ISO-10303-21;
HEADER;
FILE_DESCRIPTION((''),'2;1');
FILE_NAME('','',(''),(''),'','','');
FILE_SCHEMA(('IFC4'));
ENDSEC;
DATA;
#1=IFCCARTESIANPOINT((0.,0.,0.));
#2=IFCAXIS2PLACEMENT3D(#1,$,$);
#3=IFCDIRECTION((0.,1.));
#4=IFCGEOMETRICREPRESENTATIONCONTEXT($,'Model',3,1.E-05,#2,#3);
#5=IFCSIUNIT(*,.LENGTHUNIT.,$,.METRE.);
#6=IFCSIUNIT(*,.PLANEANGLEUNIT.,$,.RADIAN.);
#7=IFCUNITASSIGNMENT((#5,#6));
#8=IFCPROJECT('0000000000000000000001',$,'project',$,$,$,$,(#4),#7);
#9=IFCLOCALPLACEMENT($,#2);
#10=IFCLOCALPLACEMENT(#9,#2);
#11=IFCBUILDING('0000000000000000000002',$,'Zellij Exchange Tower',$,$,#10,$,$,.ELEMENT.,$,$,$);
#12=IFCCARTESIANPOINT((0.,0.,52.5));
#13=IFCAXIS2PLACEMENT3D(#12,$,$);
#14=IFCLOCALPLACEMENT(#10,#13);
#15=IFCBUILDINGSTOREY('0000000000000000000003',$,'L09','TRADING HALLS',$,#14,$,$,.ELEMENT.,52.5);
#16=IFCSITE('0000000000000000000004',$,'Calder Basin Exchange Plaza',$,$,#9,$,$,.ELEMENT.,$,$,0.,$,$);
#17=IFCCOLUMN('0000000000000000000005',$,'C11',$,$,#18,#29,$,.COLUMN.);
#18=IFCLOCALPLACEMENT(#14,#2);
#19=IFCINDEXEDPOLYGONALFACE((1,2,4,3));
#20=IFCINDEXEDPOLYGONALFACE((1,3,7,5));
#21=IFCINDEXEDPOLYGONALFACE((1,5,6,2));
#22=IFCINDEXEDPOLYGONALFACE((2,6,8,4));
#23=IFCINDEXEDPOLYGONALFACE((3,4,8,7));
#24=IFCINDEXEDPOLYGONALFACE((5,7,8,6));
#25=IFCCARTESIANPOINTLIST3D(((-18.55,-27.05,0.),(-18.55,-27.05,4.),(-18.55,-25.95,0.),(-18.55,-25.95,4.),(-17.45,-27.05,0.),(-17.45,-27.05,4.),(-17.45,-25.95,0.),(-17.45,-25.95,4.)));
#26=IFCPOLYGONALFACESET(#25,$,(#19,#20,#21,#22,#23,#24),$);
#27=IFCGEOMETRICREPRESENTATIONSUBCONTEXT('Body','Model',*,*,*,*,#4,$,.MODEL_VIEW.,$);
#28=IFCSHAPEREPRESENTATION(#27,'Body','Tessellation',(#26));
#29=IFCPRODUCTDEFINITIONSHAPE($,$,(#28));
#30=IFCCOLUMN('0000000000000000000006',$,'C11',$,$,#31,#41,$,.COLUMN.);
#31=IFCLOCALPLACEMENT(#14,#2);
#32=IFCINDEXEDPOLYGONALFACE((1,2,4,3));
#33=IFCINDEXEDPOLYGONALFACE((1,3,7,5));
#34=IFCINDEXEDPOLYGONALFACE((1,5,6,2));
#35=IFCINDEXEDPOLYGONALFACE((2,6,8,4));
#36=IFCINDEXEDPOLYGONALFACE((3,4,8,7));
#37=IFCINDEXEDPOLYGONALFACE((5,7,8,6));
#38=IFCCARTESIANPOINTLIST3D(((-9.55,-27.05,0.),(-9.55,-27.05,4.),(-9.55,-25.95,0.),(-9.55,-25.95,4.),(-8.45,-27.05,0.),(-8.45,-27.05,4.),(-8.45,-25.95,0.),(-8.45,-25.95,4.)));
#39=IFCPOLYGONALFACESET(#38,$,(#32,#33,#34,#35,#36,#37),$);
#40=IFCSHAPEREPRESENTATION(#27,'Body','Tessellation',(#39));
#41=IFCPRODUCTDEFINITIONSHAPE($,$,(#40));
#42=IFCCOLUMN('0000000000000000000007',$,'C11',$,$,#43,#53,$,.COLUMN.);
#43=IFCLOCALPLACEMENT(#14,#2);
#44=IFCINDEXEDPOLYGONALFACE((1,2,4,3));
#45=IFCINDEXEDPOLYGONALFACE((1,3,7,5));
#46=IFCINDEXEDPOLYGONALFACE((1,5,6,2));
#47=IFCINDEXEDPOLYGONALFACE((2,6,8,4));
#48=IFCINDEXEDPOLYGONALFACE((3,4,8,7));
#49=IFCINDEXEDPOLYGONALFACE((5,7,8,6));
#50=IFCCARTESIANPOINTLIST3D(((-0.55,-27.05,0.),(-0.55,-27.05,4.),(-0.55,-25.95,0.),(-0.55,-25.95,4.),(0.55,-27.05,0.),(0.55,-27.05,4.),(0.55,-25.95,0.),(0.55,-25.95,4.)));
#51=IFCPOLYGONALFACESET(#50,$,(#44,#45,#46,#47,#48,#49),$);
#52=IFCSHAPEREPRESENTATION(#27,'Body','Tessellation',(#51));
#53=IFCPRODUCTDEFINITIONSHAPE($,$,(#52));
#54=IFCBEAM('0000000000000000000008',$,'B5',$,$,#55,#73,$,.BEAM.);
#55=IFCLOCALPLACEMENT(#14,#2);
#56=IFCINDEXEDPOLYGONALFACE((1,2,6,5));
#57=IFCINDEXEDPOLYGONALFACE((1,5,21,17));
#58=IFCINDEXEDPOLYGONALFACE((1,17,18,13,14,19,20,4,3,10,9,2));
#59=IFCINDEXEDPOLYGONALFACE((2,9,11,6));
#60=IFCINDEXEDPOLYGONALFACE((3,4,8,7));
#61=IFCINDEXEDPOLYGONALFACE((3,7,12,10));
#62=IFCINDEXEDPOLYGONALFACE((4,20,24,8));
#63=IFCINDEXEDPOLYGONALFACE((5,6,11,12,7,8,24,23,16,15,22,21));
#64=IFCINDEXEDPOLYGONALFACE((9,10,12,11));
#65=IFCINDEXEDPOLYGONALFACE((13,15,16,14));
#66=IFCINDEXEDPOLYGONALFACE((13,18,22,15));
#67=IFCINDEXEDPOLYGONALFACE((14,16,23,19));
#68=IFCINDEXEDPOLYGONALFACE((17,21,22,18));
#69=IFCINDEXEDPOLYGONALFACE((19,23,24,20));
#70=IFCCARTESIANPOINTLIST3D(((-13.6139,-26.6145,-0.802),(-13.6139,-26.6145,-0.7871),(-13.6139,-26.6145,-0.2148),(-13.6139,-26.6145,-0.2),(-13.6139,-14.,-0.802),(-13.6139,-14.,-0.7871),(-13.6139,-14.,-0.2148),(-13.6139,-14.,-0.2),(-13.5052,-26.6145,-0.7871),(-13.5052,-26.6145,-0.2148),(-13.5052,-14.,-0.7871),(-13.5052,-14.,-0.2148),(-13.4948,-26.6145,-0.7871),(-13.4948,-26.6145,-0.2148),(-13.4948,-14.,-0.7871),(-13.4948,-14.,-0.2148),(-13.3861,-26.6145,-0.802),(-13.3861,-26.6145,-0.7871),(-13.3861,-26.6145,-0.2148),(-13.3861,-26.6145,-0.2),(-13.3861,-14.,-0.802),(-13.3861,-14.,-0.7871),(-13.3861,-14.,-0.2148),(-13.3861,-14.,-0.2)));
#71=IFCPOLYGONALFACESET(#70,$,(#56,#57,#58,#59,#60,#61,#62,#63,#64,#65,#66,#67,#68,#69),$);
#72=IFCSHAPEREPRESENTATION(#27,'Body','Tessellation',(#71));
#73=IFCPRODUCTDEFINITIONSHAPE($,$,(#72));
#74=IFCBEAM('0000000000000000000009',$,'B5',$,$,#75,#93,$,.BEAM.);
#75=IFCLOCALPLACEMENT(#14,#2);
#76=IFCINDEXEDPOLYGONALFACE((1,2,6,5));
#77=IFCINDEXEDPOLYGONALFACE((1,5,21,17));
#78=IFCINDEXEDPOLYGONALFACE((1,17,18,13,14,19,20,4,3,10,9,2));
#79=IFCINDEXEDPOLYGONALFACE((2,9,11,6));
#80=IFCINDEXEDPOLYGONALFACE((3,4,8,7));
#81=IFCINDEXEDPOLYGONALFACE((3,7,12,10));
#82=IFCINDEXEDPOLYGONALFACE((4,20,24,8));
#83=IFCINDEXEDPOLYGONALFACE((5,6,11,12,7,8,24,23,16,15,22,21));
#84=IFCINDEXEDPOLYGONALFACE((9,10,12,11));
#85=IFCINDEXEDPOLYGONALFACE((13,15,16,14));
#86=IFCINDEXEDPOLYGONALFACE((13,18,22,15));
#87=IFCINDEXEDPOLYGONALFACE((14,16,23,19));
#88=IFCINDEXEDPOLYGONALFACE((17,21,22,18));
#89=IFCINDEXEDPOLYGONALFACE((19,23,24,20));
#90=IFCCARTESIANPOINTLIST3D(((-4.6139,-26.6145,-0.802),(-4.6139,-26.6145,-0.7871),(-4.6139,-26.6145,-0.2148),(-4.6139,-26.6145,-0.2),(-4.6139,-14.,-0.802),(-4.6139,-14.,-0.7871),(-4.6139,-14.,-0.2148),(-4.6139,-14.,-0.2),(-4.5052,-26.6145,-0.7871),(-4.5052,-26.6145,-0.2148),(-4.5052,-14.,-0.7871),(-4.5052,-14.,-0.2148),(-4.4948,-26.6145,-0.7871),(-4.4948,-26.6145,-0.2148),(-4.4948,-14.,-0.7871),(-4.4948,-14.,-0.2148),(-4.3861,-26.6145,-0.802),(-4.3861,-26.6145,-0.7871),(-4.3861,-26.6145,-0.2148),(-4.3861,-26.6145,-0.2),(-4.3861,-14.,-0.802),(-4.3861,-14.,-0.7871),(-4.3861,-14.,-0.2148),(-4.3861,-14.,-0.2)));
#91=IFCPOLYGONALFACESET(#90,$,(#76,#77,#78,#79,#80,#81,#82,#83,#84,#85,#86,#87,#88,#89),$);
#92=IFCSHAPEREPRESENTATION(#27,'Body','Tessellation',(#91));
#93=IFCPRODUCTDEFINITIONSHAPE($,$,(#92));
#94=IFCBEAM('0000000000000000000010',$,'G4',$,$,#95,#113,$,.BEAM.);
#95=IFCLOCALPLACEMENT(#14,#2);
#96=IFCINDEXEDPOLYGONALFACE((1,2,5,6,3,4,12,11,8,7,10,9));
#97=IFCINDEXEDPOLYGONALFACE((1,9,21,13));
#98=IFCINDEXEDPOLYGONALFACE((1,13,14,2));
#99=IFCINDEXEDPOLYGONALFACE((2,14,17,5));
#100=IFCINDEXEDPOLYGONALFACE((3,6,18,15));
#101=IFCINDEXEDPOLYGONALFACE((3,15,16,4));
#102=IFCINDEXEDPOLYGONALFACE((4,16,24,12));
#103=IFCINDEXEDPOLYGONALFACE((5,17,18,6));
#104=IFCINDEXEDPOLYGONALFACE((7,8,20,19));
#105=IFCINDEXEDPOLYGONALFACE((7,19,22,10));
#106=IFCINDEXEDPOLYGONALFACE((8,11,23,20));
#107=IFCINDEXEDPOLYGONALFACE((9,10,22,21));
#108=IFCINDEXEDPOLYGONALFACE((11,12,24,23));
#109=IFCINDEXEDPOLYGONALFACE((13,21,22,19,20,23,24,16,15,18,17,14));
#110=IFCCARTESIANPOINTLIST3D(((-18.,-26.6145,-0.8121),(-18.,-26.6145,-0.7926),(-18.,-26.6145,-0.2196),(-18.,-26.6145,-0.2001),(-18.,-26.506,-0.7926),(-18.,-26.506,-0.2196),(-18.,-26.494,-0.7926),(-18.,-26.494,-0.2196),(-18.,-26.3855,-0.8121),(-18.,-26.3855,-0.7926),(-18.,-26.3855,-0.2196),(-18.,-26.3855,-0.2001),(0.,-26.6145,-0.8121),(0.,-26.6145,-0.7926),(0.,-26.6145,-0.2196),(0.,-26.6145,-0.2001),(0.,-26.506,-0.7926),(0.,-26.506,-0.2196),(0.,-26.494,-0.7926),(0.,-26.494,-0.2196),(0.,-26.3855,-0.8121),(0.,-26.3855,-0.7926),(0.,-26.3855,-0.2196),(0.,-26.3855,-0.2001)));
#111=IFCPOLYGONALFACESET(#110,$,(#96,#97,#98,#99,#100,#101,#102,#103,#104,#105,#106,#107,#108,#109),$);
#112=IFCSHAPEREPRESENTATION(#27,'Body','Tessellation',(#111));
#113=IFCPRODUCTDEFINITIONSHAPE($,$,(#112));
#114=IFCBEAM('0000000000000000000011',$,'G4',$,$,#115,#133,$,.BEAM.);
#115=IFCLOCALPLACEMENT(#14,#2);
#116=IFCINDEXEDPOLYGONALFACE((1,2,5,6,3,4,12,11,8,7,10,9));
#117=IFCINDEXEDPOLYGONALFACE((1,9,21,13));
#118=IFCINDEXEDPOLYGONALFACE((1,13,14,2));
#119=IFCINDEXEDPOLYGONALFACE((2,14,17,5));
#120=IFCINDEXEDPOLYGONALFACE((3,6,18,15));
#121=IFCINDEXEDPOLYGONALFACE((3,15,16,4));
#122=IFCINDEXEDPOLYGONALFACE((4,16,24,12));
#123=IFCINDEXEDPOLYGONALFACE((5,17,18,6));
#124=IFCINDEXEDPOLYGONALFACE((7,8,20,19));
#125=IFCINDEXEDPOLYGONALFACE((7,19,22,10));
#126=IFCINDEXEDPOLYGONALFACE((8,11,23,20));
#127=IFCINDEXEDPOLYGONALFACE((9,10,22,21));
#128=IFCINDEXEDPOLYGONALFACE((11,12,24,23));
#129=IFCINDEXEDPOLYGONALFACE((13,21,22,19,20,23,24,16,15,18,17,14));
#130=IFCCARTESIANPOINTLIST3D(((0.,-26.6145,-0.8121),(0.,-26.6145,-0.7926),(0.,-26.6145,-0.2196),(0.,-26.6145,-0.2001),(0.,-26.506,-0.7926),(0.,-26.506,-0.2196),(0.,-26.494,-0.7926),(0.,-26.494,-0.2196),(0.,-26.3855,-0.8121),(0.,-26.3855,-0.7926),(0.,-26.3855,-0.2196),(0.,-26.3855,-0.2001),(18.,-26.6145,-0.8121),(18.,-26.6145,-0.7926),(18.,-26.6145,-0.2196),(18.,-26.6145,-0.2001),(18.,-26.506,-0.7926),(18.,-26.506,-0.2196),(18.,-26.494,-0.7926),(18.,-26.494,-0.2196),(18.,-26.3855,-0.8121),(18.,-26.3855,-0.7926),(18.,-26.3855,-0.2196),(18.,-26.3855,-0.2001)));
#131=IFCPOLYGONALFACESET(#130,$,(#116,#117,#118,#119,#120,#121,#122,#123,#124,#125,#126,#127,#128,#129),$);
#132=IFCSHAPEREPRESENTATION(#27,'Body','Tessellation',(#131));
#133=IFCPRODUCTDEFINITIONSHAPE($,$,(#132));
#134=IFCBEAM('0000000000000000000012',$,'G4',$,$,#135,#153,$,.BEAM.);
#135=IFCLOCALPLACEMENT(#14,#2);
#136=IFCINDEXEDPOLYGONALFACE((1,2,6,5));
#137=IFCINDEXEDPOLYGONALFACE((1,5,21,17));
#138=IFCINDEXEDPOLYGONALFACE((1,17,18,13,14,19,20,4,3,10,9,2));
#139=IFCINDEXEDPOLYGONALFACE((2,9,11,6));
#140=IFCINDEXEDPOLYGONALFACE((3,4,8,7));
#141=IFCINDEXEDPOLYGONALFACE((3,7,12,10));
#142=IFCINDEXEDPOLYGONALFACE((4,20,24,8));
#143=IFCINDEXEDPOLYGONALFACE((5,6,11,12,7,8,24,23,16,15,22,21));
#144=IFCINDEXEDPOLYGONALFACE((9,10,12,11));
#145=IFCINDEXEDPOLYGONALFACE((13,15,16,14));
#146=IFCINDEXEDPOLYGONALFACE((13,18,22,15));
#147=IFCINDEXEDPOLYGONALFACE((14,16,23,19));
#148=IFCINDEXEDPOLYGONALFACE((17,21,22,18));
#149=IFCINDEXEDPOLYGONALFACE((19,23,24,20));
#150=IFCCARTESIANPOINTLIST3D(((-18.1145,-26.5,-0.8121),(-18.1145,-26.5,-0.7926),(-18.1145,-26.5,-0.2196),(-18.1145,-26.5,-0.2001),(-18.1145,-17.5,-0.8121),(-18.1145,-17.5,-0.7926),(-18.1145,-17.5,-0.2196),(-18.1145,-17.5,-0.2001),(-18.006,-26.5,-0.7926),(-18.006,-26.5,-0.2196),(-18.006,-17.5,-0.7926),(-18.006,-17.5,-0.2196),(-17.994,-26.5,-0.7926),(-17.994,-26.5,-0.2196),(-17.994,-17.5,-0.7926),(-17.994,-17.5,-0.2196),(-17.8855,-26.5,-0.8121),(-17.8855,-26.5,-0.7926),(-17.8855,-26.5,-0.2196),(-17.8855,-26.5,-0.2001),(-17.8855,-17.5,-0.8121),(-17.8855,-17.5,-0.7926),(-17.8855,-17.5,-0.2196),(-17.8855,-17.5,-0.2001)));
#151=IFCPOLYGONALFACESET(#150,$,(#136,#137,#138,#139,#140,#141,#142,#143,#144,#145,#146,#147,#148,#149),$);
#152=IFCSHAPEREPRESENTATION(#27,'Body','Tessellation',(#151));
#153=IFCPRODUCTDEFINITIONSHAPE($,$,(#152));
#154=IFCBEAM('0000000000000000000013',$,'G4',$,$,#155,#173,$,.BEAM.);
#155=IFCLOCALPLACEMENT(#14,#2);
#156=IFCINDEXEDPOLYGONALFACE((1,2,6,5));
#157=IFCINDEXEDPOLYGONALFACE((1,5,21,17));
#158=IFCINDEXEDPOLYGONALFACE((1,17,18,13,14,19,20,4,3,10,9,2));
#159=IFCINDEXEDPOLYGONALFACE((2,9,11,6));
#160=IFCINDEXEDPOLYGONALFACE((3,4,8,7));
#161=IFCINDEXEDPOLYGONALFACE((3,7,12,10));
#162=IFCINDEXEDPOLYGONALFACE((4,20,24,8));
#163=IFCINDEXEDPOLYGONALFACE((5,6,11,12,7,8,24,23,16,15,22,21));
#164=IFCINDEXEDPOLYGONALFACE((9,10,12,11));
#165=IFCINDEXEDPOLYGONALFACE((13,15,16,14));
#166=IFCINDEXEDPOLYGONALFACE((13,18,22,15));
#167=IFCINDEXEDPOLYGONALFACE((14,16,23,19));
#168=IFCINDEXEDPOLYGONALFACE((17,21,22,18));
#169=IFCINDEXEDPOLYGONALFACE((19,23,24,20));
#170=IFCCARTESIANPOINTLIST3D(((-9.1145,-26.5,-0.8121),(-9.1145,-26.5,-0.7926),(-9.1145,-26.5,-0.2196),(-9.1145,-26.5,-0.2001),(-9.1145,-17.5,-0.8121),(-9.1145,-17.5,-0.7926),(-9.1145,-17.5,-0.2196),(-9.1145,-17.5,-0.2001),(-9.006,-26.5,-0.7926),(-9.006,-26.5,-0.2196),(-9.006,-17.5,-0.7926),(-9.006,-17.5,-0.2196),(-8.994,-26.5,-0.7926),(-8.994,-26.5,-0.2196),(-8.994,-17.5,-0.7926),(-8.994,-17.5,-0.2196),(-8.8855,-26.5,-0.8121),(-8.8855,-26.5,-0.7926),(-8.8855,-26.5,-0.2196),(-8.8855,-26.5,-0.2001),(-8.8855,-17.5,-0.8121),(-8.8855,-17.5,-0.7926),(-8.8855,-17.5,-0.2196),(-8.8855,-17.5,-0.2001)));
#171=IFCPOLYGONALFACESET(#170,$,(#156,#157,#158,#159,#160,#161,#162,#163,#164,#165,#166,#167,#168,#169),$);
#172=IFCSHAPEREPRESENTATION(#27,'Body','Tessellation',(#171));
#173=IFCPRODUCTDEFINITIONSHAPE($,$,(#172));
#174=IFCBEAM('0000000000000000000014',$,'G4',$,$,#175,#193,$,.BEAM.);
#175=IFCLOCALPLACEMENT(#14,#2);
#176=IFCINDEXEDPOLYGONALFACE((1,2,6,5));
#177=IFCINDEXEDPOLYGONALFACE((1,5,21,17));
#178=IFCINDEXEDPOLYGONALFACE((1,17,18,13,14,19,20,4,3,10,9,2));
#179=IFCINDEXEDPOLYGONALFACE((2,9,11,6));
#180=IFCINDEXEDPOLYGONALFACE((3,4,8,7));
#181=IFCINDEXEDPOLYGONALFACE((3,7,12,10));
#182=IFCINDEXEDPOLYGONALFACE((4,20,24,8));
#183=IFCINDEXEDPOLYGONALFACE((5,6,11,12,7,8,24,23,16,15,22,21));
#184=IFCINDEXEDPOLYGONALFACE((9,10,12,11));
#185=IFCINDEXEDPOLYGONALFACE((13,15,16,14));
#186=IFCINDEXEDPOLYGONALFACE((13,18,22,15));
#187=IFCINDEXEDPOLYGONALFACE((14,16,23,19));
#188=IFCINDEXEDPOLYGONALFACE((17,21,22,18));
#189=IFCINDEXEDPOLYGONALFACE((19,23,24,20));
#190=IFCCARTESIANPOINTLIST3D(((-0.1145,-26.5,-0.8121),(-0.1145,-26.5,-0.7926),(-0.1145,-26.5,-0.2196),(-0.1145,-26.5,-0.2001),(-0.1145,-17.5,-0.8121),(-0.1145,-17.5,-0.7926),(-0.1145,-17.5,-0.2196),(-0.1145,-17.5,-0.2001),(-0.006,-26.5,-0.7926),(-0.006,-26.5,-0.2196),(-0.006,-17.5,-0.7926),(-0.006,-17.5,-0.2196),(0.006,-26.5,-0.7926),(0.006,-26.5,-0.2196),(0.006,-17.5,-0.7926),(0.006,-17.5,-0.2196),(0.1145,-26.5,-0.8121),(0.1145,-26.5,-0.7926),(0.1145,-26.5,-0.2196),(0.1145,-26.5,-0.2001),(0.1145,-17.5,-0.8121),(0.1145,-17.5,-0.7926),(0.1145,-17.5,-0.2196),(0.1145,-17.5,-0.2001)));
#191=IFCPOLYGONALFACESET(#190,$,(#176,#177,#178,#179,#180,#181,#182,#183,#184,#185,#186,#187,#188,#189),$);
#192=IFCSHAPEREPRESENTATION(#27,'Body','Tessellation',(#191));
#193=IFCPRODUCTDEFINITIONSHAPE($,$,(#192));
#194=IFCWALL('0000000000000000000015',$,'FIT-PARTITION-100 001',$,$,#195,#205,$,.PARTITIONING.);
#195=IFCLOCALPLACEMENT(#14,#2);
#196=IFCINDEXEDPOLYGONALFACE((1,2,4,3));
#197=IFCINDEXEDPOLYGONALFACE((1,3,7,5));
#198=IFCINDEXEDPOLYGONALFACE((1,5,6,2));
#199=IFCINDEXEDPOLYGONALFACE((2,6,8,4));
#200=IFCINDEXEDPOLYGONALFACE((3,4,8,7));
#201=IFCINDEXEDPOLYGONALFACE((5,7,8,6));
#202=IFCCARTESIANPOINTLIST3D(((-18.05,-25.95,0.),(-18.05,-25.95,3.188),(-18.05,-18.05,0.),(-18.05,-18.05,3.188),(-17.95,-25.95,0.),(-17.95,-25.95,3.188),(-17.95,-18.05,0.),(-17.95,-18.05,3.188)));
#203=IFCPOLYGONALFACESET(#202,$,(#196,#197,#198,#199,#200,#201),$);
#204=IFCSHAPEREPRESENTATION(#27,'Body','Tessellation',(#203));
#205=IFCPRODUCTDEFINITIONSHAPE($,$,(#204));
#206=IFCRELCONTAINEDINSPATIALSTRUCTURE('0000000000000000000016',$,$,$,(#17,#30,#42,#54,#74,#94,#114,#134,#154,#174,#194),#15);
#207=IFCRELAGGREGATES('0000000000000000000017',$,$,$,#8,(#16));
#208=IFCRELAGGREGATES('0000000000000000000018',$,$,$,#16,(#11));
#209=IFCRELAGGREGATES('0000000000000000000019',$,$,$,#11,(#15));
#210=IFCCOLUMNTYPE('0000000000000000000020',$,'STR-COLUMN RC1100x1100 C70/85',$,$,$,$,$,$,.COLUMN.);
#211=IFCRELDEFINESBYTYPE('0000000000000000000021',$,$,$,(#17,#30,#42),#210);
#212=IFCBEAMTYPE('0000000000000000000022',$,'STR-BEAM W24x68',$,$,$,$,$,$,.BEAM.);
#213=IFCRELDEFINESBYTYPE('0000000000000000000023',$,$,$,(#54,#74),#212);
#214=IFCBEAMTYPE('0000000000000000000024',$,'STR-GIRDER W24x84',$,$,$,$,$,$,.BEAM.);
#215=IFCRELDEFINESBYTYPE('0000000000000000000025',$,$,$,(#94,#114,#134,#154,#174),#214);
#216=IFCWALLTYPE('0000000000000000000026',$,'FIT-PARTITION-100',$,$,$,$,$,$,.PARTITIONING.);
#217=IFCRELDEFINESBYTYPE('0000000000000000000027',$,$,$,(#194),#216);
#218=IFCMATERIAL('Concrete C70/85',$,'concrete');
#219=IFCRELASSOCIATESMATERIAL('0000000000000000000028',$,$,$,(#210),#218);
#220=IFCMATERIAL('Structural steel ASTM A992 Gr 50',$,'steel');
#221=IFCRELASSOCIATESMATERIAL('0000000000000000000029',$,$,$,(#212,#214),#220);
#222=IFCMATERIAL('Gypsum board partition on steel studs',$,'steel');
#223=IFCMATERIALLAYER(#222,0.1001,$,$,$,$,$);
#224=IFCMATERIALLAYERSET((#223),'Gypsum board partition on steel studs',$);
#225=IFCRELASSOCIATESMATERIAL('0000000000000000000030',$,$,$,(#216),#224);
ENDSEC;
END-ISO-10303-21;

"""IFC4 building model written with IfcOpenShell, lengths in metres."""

from ifc_helpers import new_model, si_unit, direction, frame, frame_2d, origin, origin_2d, place, context, subcontext, project, spatial, rectangle, i_section, extrude, material, layer, layer_set, material_profile, profile_set, type_object, element, save


model = new_model("IFC4")

# Units and contexts
model_context = context("Model", 3, precision=1e-05, world=origin(), true_north=direction((0.0, 1.0)))
body_context = subcontext(model_context, "Body", "Model", "MODEL_VIEW")
ifc_project = project(units=[si_unit("LENGTHUNIT", "METRE"), si_unit("PLANEANGLEUNIT", "RADIAN")], contexts=[model_context])

# Site, building, storey
site_placement = place(None, origin())
site = spatial("IfcSite", under=ifc_project, at=site_placement, Name="Calder Basin Exchange Plaza", CompositionType="ELEMENT", RefElevation=0.0)
building_placement = place(site_placement, origin())
building = spatial("IfcBuilding", under=site, at=building_placement, Name="Zellij Exchange Tower", CompositionType="ELEMENT")
storey_placement = place(building_placement, frame((0.0, 0.0, 52.5)))
storey = spatial("IfcBuildingStorey", under=building, at=storey_placement, Name="L09", Description="TRADING HALLS", CompositionType="ELEMENT", Elevation=52.5)

# Columns
ifc_material_1 = material(Name="Concrete C70/85", Category="concrete")
ifc_material_profile_1 = material_profile(ifc_material_1, rectangle(XDim=1.1001, YDim=1.1001, at=origin_2d()), Name="STR-COLUMN RC1100x1100 C70/85")
ifc_profile_set_1 = profile_set([ifc_material_profile_1], Name="Concrete C70/85")
column_type = type_object("IfcColumnType", Name="STR-COLUMN RC1100x1100 C70/85", PredefinedType="COLUMN", material=ifc_profile_set_1)
for number, where, z_axis, x_axis, name in (
    (1, (-18.0, -26.5, 0.0), (0.0, 0.0, 1.0), (1.0, 0.0, 0.0), "C11"),
    (2, (-9.0, -26.5, 0.0), (0.0, 0.0, 1.0), (1.0, 0.0, 0.0), "C11"),
    (3, (0.0, -26.5, 0.0), (0.0, 0.0, 1.0), (1.0, 0.0, 0.0), "C11"),
):
    element("IfcColumn", number, at=place(storey_placement, frame(where, z_axis=z_axis, x_axis=x_axis)), inside=storey, type_object=column_type, Name=name, PredefinedType="COLUMN", context=body_context, shape_type="SweptSolid", body=[
        extrude(rectangle(XDim=1.1001, YDim=1.1001, at=origin_2d()), origin(), (0.0, 0.0, 1.0), 4.0),
    ])

# Beams
ifc_material_2 = material(Name="Structural steel ASTM A992 Gr 50", Category="steel")
ifc_material_profile_2 = material_profile(ifc_material_2, i_section(OverallWidth=0.2278, OverallDepth=0.6021, WebThickness=0.0105, FlangeThickness=0.0149, at=origin_2d()), Name="W24x68")
ifc_profile_set_2 = profile_set([ifc_material_profile_2], Name="Structural steel ASTM A992 Gr 50")
beam_type_1 = type_object("IfcBeamType", Name="STR-BEAM W24x68", PredefinedType="BEAM", material=ifc_profile_set_2)
for number, where, z_axis, x_axis, name in (
    (4, (-13.5, -26.6145, -0.501), (0.0, 1.0, 0.0), (-1.0, 0.0, 0.0), "B5"),
    (5, (-4.5, -26.6145, -0.501), (0.0, 1.0, 0.0), (-1.0, 0.0, 0.0), "B5"),
):
    element("IfcBeam", number, at=place(storey_placement, frame(where, z_axis=z_axis, x_axis=x_axis)), inside=storey, type_object=beam_type_1, Name=name, PredefinedType="BEAM", context=body_context, shape_type="SweptSolid", body=[
        extrude(i_section(OverallWidth=0.2278, OverallDepth=0.6021, WebThickness=0.0105, FlangeThickness=0.0149, at=origin_2d()), origin(), (0.0, 0.0, 1.0), 12.6145),
    ])
ifc_material_profile_3 = material_profile(ifc_material_2, i_section(OverallWidth=0.229, OverallDepth=0.6121, WebThickness=0.012, FlangeThickness=0.0195, at=origin_2d()), Name="W24x84")
ifc_profile_set_3 = profile_set([ifc_material_profile_3], Name="Structural steel ASTM A992 Gr 50")
beam_type_2 = type_object("IfcBeamType", Name="STR-GIRDER W24x84", PredefinedType="BEAM", material=ifc_profile_set_3)
for number, where, z_axis, x_axis, name in (
    (6, (-18.0, -26.5, -0.5061), (1.0, 0.0, 0.0), (0.0, 1.0, 0.0), "G4"),
    (7, (0.0, -26.5, -0.5061), (1.0, 0.0, 0.0), (0.0, 1.0, 0.0), "G4"),
):
    element("IfcBeam", number, at=place(storey_placement, frame(where, z_axis=z_axis, x_axis=x_axis)), inside=storey, type_object=beam_type_2, Name=name, PredefinedType="BEAM", context=body_context, shape_type="SweptSolid", body=[
        extrude(i_section(OverallWidth=0.229, OverallDepth=0.6121, WebThickness=0.012, FlangeThickness=0.0195, at=origin_2d()), origin(), (0.0, 0.0, 1.0), 18.0),
    ])
for number, where, z_axis, x_axis, name in (
    (8, (-18.0, -26.5, -0.5061), (0.0, 1.0, 0.0), (-1.0, 0.0, 0.0), "G4"),
    (9, (-9.0, -26.5, -0.5061), (0.0, 1.0, 0.0), (-1.0, 0.0, 0.0), "G4"),
    (10, (0.0, -26.5, -0.5061), (0.0, 1.0, 0.0), (-1.0, 0.0, 0.0), "G4"),
):
    element("IfcBeam", number, at=place(storey_placement, frame(where, z_axis=z_axis, x_axis=x_axis)), inside=storey, type_object=beam_type_2, Name=name, PredefinedType="BEAM", context=body_context, shape_type="SweptSolid", body=[
        extrude(i_section(OverallWidth=0.229, OverallDepth=0.6121, WebThickness=0.012, FlangeThickness=0.0195, at=origin_2d()), origin(), (0.0, 0.0, 1.0), 9.0),
    ])

# Wall
ifc_material_3 = material(Name="Gypsum board partition on steel studs", Category="steel")
ifc_layer_1 = layer(ifc_material_3, 0.1001)
ifc_layer_set_1 = layer_set([ifc_layer_1], Name="Gypsum board partition on steel studs")
wall_type = type_object("IfcWallType", Name="FIT-PARTITION-100", PredefinedType="PARTITIONING", material=ifc_layer_set_1)
wall_1_placement = place(storey_placement, frame((-18.0, -25.95, 0.0), z_axis=(0.0, 0.0, 1.0), x_axis=(0.0, 1.0, 0.0)))
element("IfcWall", 11, at=wall_1_placement, inside=storey, type_object=wall_type, Name="FIT-PARTITION-100 001", PredefinedType="PARTITIONING", context=body_context, shape_type="SweptSolid", body=[
    extrude(rectangle(XDim=7.8999, YDim=0.1001, at=frame_2d((3.95, 0.0))), origin(), (0.0, 0.0, 1.0), 3.188),
])

save(model, "model.ifc")
